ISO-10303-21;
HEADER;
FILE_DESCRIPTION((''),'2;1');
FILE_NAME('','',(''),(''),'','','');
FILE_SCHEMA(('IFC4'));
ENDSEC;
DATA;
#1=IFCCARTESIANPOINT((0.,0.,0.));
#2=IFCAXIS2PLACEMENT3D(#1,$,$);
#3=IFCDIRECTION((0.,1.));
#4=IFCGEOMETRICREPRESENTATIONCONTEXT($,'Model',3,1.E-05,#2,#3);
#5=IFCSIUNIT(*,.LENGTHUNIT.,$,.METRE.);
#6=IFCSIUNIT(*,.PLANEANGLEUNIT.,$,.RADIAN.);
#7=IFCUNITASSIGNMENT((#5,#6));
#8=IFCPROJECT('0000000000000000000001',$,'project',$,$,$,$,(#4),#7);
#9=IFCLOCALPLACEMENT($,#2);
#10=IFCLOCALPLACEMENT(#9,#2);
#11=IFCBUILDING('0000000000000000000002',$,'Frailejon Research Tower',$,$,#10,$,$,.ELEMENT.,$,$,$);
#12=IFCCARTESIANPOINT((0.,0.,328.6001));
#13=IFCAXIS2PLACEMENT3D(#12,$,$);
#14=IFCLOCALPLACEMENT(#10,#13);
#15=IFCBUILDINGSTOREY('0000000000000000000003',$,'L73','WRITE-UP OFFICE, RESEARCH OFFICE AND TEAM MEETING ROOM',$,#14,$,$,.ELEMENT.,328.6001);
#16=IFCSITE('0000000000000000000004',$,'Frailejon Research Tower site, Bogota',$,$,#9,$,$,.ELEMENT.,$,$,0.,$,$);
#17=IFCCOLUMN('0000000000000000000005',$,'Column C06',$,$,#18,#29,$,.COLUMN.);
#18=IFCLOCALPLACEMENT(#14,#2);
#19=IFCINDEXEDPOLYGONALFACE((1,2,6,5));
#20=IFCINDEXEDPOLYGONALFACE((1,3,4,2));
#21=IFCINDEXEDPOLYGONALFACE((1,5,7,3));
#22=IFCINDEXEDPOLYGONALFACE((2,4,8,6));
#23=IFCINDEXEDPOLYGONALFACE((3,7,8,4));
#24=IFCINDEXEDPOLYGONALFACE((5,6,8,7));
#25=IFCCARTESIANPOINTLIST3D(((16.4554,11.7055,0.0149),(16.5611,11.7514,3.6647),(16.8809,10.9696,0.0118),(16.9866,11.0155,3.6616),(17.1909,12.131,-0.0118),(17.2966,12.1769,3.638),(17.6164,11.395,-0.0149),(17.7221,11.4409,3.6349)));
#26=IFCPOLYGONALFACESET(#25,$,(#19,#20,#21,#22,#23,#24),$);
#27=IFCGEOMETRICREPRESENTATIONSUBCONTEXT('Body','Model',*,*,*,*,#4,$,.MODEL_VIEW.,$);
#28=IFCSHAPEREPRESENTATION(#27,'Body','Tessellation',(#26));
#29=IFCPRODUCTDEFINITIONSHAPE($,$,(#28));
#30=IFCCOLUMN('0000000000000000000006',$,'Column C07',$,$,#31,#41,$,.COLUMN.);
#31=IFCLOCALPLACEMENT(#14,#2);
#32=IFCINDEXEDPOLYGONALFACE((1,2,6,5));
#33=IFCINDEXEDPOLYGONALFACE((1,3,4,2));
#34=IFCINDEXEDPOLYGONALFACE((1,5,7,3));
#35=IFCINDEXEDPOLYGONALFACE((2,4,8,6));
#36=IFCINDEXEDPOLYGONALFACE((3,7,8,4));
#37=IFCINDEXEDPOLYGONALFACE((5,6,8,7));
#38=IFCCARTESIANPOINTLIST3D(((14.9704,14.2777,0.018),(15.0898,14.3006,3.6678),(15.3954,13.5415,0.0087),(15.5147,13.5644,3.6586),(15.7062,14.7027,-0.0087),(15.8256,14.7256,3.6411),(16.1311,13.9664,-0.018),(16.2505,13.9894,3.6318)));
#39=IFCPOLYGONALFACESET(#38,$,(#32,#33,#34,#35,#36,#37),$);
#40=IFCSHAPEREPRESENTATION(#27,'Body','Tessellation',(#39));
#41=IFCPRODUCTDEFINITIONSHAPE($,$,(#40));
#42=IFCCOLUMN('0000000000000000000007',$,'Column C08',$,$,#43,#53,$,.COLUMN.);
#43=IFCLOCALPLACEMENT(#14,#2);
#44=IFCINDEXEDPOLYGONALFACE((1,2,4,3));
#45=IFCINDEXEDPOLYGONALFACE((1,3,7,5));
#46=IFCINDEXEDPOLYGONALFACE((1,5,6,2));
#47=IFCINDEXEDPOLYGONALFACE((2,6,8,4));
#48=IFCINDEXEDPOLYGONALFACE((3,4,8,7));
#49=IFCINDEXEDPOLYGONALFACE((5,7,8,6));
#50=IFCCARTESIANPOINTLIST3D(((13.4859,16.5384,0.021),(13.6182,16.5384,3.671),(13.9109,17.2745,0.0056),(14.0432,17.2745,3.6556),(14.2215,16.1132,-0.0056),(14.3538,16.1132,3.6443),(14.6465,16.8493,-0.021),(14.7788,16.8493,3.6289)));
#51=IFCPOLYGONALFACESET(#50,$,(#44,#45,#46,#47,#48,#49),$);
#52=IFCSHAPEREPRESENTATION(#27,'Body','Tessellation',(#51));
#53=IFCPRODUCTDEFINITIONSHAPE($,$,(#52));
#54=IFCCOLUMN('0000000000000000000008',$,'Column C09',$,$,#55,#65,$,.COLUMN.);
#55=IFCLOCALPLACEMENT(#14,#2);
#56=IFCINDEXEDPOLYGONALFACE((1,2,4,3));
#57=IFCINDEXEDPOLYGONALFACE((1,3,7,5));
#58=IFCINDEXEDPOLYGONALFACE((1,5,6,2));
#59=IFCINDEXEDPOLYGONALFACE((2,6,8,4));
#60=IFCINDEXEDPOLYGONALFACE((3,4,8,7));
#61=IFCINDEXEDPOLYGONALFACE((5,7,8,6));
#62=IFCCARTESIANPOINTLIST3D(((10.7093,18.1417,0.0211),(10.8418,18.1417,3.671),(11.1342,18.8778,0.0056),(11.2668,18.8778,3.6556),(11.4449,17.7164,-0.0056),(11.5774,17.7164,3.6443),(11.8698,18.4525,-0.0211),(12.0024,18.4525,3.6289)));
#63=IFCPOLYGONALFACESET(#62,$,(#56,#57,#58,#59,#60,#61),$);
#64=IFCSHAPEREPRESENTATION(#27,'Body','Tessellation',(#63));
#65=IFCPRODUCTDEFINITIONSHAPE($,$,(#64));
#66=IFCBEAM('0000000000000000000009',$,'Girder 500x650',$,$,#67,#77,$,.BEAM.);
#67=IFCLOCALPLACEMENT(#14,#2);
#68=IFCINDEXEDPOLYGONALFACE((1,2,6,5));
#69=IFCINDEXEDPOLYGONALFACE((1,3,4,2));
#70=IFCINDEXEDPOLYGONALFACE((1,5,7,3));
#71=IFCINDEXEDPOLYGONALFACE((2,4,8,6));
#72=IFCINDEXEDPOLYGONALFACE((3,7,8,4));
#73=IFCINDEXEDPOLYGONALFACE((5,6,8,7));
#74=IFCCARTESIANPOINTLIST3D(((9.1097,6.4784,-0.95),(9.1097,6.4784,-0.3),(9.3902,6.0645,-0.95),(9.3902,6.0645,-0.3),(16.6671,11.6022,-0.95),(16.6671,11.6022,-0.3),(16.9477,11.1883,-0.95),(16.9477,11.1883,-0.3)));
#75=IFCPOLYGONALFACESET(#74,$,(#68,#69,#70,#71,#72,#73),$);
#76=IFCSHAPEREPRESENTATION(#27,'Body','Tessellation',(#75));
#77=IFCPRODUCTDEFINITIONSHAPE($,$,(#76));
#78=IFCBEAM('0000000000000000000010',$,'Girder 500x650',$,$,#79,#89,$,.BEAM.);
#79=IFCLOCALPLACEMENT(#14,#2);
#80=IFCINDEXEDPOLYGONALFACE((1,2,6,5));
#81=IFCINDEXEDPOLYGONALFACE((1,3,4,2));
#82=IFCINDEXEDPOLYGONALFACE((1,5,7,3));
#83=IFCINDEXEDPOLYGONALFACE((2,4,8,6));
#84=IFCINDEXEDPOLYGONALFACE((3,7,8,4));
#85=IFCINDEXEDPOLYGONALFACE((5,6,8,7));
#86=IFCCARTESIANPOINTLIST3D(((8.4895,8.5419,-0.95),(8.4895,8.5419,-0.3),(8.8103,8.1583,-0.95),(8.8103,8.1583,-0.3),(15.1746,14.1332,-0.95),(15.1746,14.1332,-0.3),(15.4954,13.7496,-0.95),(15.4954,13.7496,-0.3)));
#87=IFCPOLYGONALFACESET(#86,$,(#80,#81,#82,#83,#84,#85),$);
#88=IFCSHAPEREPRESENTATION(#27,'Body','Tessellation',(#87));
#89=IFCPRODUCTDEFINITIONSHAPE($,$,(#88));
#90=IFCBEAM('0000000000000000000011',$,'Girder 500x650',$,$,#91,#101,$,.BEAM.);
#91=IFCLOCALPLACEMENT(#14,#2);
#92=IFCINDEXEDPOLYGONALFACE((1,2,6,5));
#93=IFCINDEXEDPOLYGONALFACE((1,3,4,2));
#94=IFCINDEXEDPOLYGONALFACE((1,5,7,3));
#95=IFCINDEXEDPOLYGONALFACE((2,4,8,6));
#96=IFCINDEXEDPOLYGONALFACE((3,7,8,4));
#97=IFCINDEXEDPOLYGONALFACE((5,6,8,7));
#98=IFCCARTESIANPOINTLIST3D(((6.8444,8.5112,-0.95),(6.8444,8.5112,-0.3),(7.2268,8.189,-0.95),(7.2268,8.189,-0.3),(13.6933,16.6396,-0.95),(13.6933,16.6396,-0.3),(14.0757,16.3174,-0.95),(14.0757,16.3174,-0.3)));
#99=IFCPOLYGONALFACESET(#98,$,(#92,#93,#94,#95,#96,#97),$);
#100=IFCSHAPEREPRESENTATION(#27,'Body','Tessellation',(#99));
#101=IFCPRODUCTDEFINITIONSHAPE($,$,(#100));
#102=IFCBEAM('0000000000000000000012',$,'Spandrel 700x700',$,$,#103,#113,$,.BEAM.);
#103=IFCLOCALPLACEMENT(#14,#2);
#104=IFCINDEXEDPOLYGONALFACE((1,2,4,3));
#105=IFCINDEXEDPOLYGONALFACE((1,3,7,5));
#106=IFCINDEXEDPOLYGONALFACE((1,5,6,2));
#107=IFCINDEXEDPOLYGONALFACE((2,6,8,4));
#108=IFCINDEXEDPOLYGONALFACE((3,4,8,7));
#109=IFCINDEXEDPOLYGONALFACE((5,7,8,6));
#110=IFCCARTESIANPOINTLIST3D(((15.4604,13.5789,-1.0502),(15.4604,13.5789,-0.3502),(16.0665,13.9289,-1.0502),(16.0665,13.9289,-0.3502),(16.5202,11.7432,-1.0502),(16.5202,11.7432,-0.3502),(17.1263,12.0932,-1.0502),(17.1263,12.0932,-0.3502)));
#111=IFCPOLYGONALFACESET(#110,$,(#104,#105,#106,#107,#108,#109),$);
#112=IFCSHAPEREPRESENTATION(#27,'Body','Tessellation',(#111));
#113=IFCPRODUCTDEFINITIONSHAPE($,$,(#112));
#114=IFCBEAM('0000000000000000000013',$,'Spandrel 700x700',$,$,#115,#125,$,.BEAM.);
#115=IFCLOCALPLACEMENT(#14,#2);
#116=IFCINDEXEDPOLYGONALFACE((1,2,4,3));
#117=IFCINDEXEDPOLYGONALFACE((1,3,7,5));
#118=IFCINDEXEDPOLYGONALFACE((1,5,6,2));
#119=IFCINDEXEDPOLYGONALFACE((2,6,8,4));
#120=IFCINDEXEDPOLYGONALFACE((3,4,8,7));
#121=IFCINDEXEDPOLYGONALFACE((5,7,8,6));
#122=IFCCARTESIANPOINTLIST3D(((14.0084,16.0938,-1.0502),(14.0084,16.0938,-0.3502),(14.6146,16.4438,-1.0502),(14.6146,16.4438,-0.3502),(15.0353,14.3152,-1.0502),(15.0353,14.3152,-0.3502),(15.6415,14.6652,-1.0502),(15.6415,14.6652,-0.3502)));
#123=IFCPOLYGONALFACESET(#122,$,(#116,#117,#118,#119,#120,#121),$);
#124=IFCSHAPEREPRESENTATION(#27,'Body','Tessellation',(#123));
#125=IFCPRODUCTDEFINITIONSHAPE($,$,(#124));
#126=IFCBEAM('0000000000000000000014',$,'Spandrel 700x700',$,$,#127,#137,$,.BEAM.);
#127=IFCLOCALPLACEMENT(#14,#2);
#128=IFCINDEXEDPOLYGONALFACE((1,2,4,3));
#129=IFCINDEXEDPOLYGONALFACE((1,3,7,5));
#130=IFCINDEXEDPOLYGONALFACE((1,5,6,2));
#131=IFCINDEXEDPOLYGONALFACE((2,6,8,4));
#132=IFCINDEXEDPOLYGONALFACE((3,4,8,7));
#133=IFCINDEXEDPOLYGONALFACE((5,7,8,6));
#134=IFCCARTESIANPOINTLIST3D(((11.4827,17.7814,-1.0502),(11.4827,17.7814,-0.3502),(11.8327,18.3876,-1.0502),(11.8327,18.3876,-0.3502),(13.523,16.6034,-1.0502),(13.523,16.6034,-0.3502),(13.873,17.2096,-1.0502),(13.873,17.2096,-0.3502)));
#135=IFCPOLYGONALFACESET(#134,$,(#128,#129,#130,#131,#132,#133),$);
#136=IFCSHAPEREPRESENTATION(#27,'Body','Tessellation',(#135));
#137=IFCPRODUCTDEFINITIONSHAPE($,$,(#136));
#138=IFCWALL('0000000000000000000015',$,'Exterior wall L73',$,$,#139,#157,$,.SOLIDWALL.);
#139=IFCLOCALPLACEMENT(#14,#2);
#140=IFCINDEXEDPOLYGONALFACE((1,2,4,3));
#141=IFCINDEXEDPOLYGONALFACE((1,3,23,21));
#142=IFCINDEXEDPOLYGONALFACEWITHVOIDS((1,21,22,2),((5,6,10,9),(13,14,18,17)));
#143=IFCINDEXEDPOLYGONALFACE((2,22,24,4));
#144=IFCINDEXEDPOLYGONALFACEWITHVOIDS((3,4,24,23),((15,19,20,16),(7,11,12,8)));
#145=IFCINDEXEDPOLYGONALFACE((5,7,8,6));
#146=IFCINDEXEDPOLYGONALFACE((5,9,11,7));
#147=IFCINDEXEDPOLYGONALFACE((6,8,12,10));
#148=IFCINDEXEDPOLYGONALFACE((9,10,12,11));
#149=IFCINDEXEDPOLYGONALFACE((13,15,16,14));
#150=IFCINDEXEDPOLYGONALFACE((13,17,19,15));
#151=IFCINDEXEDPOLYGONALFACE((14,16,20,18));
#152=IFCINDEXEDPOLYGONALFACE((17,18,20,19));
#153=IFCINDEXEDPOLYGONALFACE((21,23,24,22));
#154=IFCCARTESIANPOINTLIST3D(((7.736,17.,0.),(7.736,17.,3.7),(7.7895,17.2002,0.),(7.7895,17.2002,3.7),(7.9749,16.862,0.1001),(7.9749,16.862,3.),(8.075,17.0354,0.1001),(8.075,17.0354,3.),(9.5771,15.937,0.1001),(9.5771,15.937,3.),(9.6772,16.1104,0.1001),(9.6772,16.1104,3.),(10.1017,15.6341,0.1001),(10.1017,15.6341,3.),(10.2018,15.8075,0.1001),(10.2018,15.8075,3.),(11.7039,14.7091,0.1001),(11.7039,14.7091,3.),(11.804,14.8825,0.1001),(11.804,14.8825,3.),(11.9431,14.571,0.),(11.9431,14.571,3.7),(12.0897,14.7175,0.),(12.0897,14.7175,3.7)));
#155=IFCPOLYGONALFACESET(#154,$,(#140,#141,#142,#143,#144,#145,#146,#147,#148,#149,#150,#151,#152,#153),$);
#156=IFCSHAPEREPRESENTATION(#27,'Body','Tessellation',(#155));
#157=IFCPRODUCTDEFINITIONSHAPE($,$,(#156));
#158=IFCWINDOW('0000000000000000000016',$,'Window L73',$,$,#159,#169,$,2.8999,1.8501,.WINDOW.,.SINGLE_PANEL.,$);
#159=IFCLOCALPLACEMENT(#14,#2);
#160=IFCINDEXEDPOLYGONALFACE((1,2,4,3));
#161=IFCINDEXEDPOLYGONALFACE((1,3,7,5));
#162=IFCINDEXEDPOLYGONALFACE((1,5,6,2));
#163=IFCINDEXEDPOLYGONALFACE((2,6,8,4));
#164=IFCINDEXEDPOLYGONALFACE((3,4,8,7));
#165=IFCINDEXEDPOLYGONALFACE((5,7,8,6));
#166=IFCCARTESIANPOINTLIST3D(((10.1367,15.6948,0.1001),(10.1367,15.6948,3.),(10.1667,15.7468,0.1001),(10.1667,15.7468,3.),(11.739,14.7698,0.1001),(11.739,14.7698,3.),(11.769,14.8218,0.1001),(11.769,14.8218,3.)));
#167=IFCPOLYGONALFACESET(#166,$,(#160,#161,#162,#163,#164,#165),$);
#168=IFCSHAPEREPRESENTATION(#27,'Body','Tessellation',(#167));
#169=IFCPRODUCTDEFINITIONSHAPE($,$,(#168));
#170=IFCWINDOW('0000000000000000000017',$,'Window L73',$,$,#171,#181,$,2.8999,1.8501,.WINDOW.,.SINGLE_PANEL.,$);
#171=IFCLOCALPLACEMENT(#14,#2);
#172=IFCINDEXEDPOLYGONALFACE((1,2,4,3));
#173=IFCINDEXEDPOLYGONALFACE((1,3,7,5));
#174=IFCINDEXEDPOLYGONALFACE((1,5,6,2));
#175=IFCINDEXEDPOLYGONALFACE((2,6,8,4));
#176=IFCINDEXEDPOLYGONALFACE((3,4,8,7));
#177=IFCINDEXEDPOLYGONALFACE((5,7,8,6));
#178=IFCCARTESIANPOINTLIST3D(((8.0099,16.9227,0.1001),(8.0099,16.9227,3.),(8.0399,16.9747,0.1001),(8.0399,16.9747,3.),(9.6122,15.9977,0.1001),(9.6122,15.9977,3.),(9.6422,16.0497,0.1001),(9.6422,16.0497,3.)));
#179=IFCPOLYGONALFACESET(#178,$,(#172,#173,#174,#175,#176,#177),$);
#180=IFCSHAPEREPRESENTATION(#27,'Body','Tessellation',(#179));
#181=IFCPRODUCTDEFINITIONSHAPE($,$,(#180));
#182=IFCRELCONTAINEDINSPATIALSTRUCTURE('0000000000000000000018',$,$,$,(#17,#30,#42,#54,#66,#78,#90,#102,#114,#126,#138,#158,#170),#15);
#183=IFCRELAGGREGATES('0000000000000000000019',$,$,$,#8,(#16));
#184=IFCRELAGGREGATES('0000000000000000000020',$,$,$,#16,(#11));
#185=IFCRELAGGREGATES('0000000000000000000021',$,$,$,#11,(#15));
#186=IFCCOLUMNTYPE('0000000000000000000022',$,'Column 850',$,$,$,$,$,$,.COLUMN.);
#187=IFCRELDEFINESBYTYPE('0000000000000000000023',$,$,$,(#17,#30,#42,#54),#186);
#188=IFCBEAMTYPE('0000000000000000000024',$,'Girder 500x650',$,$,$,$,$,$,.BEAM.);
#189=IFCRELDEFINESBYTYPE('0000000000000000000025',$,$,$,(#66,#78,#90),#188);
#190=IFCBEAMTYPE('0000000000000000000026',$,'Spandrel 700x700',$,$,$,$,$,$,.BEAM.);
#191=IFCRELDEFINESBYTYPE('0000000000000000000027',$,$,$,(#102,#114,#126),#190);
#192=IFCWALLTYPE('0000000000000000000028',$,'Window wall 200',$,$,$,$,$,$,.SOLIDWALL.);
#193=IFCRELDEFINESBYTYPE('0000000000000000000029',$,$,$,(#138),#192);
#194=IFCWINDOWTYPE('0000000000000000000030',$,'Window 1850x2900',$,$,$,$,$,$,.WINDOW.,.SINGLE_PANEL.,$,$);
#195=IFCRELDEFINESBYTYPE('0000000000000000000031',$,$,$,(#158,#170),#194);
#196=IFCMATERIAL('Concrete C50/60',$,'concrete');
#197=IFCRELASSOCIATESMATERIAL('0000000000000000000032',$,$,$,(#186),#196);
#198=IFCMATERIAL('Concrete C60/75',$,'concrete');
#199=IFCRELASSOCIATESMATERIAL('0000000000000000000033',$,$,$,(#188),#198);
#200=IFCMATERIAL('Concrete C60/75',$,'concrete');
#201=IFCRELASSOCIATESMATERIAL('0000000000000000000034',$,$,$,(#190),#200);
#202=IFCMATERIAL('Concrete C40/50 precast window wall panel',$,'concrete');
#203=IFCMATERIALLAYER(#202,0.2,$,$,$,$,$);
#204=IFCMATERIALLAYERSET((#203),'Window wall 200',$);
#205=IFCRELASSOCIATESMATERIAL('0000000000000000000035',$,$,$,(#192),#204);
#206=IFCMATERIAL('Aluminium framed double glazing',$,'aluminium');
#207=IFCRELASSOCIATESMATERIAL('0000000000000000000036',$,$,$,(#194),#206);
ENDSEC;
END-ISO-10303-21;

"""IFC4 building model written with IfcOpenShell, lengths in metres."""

from ifc_helpers import new_model, si_unit, direction, frame, frame_2d, origin, origin_2d, place, context, subcontext, project, spatial, polyline, rectangle, outline, extrude, material, layer, layer_set, material_profile, profile_set, type_object, element, fill, save


model = new_model("IFC4")

# Units and contexts
model_context = context("Model", 3, precision=1e-05, world=origin(), true_north=direction((0.0, 1.0)))
body_context = subcontext(model_context, "Body", "Model", "MODEL_VIEW")
ifc_project = project(units=[si_unit("LENGTHUNIT", "METRE"), si_unit("PLANEANGLEUNIT", "RADIAN")], contexts=[model_context])

# Site, building, storey
site_placement = place(None, origin())
site = spatial("IfcSite", under=ifc_project, at=site_placement, Name="Frailejon Research Tower site, Bogota", CompositionType="ELEMENT", RefElevation=0.0)
building_placement = place(site_placement, origin())
building = spatial("IfcBuilding", under=site, at=building_placement, Name="Frailejon Research Tower", CompositionType="ELEMENT")
storey_placement = place(building_placement, frame((0.0, 0.0, 328.6001)))
storey = spatial("IfcBuildingStorey", under=building, at=storey_placement, Name="L73", Description="WRITE-UP OFFICE, RESEARCH OFFICE AND TEAM MEETING ROOM", CompositionType="ELEMENT", Elevation=328.6001)

# Columns
ifc_material_1 = material(Name="Concrete C50/60", Category="concrete")
ifc_material_profile_1 = material_profile(ifc_material_1, rectangle(XDim=0.8501, YDim=0.8501, at=origin_2d()), Name="Column 850")
ifc_profile_set_1 = profile_set([ifc_material_profile_1], Name="Concrete C50/60")
column_type = type_object("IfcColumnType", Name="Column 850", PredefinedType="COLUMN", material=ifc_profile_set_1)
column_1_placement = place(storey_placement, frame((17.0359, 11.5503, 0.0), z_axis=(0.028949, 0.012569, 0.999502), x_axis=(-0.500578, 0.865684, 0.003612)))
element("IfcColumn", 1, at=column_1_placement, inside=storey, type_object=column_type, Name="Column C06", PredefinedType="COLUMN", context=body_context, shape_type="SweptSolid", body=[
    extrude(rectangle(XDim=0.8501, YDim=0.8501, at=origin_2d()), origin(), (0.0, 0.0, 1.0), 3.6516),
])
column_2_placement = place(storey_placement, frame((15.5508, 14.1221, 0.0), z_axis=(0.032691, 0.006284, 0.999446), x_axis=(-0.499829, 0.866055, 0.010903)))
element("IfcColumn", 2, at=column_2_placement, inside=storey, type_object=column_type, Name="Column C07", PredefinedType="COLUMN", context=body_context, shape_type="SweptSolid", body=[
    extrude(rectangle(XDim=0.8501, YDim=0.8501, at=origin_2d()), origin(), (0.0, 0.0, 1.0), 3.6519),
])
for number, where, z_axis, x_axis, name in (
    (3, (14.0662, 16.6938, 0.0), (0.03623, 0.0, 0.999343), (-0.865315, 0.500246, 0.031371), "Column C08"),
    (4, (11.2896, 18.2971, 0.0), (0.036297, 0.0, 0.999341), (-0.865313, 0.500246, 0.031429), "Column C09"),
):
    element("IfcColumn", number, at=place(storey_placement, frame(where, z_axis=z_axis, x_axis=x_axis)), inside=storey, type_object=column_type, Name=name, PredefinedType="COLUMN", context=body_context, shape_type="SweptSolid", body=[
        extrude(rectangle(XDim=0.8501, YDim=0.8501, at=origin_2d()), origin(), (0.0, 0.0, 1.0), 3.6523),
    ])

# Beams
ifc_material_2 = material(Name="Concrete C60/75", Category="concrete")
ifc_material_profile_2 = material_profile(ifc_material_2, rectangle(XDim=0.5, YDim=0.6499, at=origin_2d()), Name="Girder 500x650")
ifc_profile_set_2 = profile_set([ifc_material_profile_2], Name="Concrete C60/75")
beam_type_1 = type_object("IfcBeamType", Name="Girder 500x650", PredefinedType="BEAM", material=ifc_profile_set_2)
beam_1_placement = place(storey_placement, frame((16.8074, 11.3953, -0.625), z_axis=(-0.827702, -0.561169, 0.0), x_axis=(0.561169, -0.827702, 0.0)))
element("IfcBeam", 5, at=beam_1_placement, inside=storey, type_object=beam_type_1, Name="Girder 500x650", PredefinedType="BEAM", context=body_context, shape_type="SweptSolid", body=[
    extrude(rectangle(XDim=0.5, YDim=0.6499, at=origin_2d()), origin(), (0.0, 0.0, 1.0), 9.1306),
])
beam_2_placement = place(storey_placement, frame((15.335, 13.9414, -0.625), z_axis=(-0.767067, -0.641567, 0.0), x_axis=(0.641567, -0.767067, 0.0)))
element("IfcBeam", 6, at=beam_2_placement, inside=storey, type_object=beam_type_1, Name="Girder 500x650", PredefinedType="BEAM", context=body_context, shape_type="SweptSolid", body=[
    extrude(rectangle(XDim=0.5, YDim=0.6499, at=origin_2d()), origin(), (0.0, 0.0, 1.0), 8.7151),
])
beam_3_placement = place(storey_placement, frame((13.8845, 16.4785, -0.625), z_axis=(-0.64435, -0.764731, 0.0), x_axis=(0.764731, -0.64435, 0.0)))
element("IfcBeam", 7, at=beam_3_placement, inside=storey, type_object=beam_type_1, Name="Girder 500x650", PredefinedType="BEAM", context=body_context, shape_type="SweptSolid", body=[
    extrude(rectangle(XDim=0.5, YDim=0.6499, at=origin_2d()), origin(), (0.0, 0.0, 1.0), 10.6292),
])
ifc_material_3 = material(Name="Concrete C60/75", Category="concrete")
ifc_material_profile_3 = material_profile(ifc_material_3, rectangle(XDim=0.7, YDim=0.7, at=origin_2d()), Name="Spandrel 700x700")
ifc_profile_set_3 = profile_set([ifc_material_profile_3], Name="Concrete C60/75")
beam_type_2 = type_object("IfcBeamType", Name="Spandrel 700x700", PredefinedType="BEAM", material=ifc_profile_set_3)
beam_4_placement = place(storey_placement, frame((16.8232, 11.9182, -0.7002), z_axis=(-0.499992, 0.86603, 0.0), x_axis=(-0.86603, -0.499992, 0.0)))
element("IfcBeam", 8, at=beam_4_placement, inside=storey, type_object=beam_type_2, Name="Spandrel 700x700", PredefinedType="BEAM", context=body_context, shape_type="SweptSolid", body=[
    extrude(rectangle(XDim=0.7, YDim=0.7, at=origin_2d()), origin(), (0.0, 0.0, 1.0), 2.1196),
])
beam_5_placement = place(storey_placement, frame((15.3384, 14.4902, -0.7002), z_axis=(-0.5, 0.866025, 0.0), x_axis=(-0.866025, -0.5, 0.0)))
element("IfcBeam", 9, at=beam_5_placement, inside=storey, type_object=beam_type_2, Name="Spandrel 700x700", PredefinedType="BEAM", context=body_context, shape_type="SweptSolid", body=[
    extrude(rectangle(XDim=0.7, YDim=0.7, at=origin_2d()), origin(), (0.0, 0.0, 1.0), 2.0537),
])
beam_6_placement = place(storey_placement, frame((13.698, 16.9065, -0.7002), z_axis=(-0.866022, 0.500007, 0.0), x_axis=(-0.500007, -0.866022, 0.0)))
element("IfcBeam", 10, at=beam_6_placement, inside=storey, type_object=beam_type_2, Name="Spandrel 700x700", PredefinedType="BEAM", context=body_context, shape_type="SweptSolid", body=[
    extrude(rectangle(XDim=0.7, YDim=0.7, at=origin_2d()), origin(), (0.0, 0.0, 1.0), 2.356),
])

# Wall, openings, windows
ifc_material_4 = material(Name="Concrete C40/50 precast window wall panel", Category="concrete")
ifc_layer_1 = layer(ifc_material_4, 0.2)
ifc_layer_set_1 = layer_set([ifc_layer_1], Name="Window wall 200")
wall_type = type_object("IfcWallType", Name="Window wall 200", PredefinedType="SOLIDWALL", material=ifc_layer_set_1)
wall_placement = place(storey_placement, frame((12.0164, 14.6443, 0.0), z_axis=(0.0, 0.0, 1.0), x_axis=(-0.866029, 0.499994, 0.0)))
wall = element("IfcWall", 11, at=wall_placement, inside=storey, type_object=wall_type, Name="Exterior wall L73", PredefinedType="SOLIDWALL", context=body_context, shape_type="SweptSolid", body=[
    extrude(outline(polyline([(-0.0269, -0.1001), (1.2144, -0.1001), (2.4558, -0.1001), (3.6973, -0.1001), (4.9385, -0.1001), (4.8848, 0.1001), (3.6704, 0.1001), (2.4558, 0.1001), (1.2412, 0.1001), (0.0269, 0.1001), (-0.0269, -0.1001)])), origin(), (0.0, 0.0, 1.0), 3.7),
])
opening_1_placement = place(wall_placement, frame((0.303, 0.0, 0.1001)))
opening_1 = element("IfcOpeningElement", 12, at=opening_1_placement, cuts=wall, PredefinedType="OPENING", context=body_context, shape_type="SweptSolid", body=[
    extrude(rectangle(XDim=1.8501, YDim=2.8999, at=frame_2d((0.925, 1.45))), frame((0.0, 0.1099, 0.0), z_axis=(0.0, -1.0, 0.0), x_axis=(1.0, 0.0, 0.0)), (0.0, 0.0, 1.0), 0.22),
])
opening_2_placement = place(wall_placement, frame((2.7588, 0.0, 0.1001)))
opening_2 = element("IfcOpeningElement", 13, at=opening_2_placement, cuts=wall, PredefinedType="OPENING", context=body_context, shape_type="SweptSolid", body=[
    extrude(rectangle(XDim=1.8501, YDim=2.8999, at=frame_2d((0.925, 1.45))), frame((0.0, 0.1099, 0.0), z_axis=(0.0, -1.0, 0.0), x_axis=(1.0, 0.0, 0.0)), (0.0, 0.0, 1.0), 0.22),
])
ifc_material_5 = material(Name="Aluminium framed double glazing", Category="aluminium")
window_type = type_object("IfcWindowType", Name="Window 1850x2900", PartitioningType="SINGLE_PANEL", PredefinedType="WINDOW", material=ifc_material_5)
window_1_placement = place(opening_1_placement, origin())
window_1 = element("IfcWindow", 14, at=window_1_placement, inside=storey, type_object=window_type, Name="Window L73", OverallHeight=2.8999, OverallWidth=1.8501, PartitioningType="SINGLE_PANEL", PredefinedType="WINDOW", context=body_context, shape_type="SweptSolid", body=[
    extrude(rectangle(XDim=1.8501, YDim=2.8999, at=frame_2d((0.925, 1.45))), frame((0.0, 0.03, 0.0), z_axis=(0.0, -1.0, 0.0), x_axis=(1.0, 0.0, 0.0)), (0.0, 0.0, 1.0), 0.0601),
])
fill(opening_1, window_1)
window_2_placement = place(opening_2_placement, origin())
window_2 = element("IfcWindow", 15, at=window_2_placement, inside=storey, type_object=window_type, Name="Window L73", OverallHeight=2.8999, OverallWidth=1.8501, PartitioningType="SINGLE_PANEL", PredefinedType="WINDOW", context=body_context, shape_type="SweptSolid", body=[
    extrude(rectangle(XDim=1.8501, YDim=2.8999, at=frame_2d((0.925, 1.45))), frame((0.0, 0.03, 0.0), z_axis=(0.0, -1.0, 0.0), x_axis=(1.0, 0.0, 0.0)), (0.0, 0.0, 1.0), 0.0601),
])
fill(opening_2, window_2)

save(model, "model.ifc")
